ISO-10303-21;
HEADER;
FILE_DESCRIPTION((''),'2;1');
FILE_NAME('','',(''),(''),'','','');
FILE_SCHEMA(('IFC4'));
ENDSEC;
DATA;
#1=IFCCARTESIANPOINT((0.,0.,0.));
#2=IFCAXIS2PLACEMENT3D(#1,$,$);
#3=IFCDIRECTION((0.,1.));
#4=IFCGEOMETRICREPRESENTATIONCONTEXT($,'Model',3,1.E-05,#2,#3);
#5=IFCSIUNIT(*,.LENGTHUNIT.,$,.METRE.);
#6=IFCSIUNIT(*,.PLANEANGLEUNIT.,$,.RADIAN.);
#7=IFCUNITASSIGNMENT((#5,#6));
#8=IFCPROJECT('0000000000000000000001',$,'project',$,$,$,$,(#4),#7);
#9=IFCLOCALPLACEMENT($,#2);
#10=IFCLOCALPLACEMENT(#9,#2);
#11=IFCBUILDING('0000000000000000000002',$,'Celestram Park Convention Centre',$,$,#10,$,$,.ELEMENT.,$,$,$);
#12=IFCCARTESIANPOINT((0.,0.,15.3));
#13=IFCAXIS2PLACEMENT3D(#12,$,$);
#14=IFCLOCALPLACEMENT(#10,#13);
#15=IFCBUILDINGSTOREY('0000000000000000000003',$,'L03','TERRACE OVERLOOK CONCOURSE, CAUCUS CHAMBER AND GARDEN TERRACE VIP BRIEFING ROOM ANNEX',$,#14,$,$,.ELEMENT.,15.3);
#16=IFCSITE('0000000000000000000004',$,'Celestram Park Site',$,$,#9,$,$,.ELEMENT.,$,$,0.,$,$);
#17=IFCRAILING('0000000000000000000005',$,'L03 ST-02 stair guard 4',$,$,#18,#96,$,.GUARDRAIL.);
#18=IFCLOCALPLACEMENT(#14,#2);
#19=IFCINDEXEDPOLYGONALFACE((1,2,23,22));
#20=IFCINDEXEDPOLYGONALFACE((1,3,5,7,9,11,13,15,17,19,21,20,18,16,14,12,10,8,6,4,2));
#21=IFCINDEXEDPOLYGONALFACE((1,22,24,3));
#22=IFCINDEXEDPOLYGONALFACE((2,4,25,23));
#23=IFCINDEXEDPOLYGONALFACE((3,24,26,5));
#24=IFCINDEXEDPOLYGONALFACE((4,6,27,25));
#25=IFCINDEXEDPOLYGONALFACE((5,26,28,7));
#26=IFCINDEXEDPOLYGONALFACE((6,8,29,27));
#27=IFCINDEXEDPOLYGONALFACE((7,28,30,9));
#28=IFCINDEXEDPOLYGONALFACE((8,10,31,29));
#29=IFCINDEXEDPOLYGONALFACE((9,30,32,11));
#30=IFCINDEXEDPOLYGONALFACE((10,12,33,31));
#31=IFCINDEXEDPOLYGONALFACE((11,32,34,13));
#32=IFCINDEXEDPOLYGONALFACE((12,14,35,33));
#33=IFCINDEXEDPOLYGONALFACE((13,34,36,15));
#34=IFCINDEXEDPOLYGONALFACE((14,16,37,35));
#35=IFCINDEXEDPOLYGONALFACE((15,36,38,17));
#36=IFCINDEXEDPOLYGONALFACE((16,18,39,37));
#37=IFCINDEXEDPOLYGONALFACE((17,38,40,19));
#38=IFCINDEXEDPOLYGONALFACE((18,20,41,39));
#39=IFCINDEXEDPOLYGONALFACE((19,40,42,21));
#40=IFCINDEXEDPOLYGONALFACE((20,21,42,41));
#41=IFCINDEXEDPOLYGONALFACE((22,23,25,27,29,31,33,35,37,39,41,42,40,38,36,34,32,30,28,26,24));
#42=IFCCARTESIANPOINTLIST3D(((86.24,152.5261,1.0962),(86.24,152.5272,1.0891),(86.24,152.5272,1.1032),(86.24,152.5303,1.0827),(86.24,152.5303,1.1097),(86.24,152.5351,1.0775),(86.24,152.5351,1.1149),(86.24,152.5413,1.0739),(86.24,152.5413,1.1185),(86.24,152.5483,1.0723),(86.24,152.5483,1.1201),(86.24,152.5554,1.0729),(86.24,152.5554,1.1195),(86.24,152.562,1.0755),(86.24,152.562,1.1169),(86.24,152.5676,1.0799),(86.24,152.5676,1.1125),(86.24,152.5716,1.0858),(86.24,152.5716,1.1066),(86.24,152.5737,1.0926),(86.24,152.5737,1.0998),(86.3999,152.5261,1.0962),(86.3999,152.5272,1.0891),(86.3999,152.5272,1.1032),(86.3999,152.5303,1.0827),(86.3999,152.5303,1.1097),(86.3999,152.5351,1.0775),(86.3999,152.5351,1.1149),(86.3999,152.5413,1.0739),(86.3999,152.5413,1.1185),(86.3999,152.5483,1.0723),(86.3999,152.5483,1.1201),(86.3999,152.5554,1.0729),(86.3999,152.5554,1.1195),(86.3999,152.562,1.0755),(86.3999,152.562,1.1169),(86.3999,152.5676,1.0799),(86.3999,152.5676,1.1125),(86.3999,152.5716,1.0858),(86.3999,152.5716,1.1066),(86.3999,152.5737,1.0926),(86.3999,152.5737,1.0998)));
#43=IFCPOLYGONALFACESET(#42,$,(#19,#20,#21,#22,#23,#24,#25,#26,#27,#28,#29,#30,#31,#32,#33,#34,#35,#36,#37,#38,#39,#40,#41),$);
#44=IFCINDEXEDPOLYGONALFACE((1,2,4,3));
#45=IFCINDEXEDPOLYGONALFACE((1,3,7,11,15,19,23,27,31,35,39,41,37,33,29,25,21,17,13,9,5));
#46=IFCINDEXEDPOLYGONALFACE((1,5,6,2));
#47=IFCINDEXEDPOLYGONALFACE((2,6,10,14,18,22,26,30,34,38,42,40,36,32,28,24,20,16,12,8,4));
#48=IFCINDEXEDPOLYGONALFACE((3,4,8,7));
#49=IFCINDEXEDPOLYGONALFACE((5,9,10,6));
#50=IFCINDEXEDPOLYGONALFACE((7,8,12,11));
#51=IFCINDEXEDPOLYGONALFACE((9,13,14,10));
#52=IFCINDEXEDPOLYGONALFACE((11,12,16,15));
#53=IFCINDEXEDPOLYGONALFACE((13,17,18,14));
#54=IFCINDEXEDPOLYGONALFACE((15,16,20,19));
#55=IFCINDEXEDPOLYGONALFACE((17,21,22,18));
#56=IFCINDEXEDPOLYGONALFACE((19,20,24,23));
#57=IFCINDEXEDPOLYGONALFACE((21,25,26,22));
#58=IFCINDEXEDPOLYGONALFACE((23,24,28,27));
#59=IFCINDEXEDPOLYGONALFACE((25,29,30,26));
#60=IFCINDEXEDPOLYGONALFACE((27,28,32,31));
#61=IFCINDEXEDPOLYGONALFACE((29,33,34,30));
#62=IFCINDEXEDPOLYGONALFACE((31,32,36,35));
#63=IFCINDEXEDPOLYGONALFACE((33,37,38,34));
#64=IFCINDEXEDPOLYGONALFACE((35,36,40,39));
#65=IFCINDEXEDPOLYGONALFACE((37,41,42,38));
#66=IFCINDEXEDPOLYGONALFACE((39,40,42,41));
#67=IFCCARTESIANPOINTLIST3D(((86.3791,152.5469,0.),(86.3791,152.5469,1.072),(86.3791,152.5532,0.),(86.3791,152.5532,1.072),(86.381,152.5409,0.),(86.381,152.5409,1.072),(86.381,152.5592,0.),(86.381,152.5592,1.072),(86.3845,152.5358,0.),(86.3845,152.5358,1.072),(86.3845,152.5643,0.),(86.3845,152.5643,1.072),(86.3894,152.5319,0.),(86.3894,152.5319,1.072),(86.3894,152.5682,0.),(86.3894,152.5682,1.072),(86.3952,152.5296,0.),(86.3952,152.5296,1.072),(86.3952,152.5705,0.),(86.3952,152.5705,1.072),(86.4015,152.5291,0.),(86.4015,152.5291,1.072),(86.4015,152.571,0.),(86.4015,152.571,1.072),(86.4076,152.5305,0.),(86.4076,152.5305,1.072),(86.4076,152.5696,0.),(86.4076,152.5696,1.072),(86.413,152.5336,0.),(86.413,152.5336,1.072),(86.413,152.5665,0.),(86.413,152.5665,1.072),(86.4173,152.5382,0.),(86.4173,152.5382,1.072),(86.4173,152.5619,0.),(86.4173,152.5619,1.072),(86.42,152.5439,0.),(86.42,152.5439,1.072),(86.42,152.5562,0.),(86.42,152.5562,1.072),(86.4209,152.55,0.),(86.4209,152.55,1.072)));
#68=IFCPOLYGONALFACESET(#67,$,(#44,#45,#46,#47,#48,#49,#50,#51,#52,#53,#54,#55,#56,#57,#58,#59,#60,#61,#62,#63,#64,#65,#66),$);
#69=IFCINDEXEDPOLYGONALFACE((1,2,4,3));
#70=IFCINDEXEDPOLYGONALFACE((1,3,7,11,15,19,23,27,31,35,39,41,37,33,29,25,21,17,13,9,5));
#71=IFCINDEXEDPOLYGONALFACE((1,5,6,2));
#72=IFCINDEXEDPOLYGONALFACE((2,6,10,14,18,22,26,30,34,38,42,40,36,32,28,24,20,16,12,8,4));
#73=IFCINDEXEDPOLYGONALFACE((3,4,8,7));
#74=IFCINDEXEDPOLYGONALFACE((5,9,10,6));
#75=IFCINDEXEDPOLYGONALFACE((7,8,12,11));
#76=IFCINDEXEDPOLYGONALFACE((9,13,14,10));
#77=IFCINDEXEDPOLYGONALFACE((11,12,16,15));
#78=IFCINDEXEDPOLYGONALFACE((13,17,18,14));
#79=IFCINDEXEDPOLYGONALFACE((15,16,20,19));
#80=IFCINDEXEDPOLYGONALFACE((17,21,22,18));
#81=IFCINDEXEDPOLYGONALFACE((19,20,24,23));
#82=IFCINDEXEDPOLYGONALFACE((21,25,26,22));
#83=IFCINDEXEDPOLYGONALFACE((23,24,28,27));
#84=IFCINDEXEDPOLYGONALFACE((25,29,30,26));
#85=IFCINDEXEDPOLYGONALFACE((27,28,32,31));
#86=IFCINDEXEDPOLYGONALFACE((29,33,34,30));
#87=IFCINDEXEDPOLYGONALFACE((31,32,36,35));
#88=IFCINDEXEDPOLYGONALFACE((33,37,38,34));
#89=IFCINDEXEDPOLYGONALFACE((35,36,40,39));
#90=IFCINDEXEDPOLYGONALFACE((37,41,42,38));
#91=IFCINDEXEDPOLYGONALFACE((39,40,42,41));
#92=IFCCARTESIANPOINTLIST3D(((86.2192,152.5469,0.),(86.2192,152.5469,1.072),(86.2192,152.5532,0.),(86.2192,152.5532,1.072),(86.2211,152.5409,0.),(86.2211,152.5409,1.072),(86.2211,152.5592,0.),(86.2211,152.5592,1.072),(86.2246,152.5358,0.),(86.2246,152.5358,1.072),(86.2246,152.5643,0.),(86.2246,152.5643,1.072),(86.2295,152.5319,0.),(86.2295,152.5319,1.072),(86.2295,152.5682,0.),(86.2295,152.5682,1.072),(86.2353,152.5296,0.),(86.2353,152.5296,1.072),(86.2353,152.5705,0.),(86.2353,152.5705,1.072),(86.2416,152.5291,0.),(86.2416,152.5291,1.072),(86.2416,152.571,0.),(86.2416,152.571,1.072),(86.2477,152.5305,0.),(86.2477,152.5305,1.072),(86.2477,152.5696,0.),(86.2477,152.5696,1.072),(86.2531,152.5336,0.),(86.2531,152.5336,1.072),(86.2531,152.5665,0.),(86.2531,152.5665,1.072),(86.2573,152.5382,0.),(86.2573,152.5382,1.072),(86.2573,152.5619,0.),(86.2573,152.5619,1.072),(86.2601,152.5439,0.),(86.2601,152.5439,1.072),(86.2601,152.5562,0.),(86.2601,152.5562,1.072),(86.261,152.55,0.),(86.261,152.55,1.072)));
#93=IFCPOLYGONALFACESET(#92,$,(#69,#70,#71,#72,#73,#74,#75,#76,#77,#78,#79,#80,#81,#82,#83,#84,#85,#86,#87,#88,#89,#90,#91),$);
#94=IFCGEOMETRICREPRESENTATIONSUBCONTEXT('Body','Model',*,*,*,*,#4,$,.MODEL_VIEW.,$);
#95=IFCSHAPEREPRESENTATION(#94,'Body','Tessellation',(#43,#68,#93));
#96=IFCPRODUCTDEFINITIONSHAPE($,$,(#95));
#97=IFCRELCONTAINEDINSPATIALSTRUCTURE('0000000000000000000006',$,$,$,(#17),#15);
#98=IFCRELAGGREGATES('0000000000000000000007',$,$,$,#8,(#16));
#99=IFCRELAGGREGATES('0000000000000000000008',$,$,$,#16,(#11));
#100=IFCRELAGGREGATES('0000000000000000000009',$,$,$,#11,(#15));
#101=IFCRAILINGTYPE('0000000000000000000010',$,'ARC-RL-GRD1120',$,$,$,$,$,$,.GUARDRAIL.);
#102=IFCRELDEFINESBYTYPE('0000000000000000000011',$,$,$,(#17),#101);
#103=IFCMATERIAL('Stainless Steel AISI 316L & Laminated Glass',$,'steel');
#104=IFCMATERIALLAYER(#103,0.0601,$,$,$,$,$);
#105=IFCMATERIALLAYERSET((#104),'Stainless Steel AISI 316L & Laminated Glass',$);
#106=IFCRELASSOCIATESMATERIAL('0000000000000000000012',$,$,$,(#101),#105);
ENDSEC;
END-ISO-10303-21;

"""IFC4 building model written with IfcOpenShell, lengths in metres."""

from ifc_helpers import new_model, si_unit, direction, frame, origin, origin_2d, place, context, subcontext, project, spatial, circle, extrude, material, layer, layer_set, type_object, element, save


model = new_model("IFC4")

# Units and contexts
model_context = context("Model", 3, precision=1e-05, world=origin(), true_north=direction((0.0, 1.0)))
body_context = subcontext(model_context, "Body", "Model", "MODEL_VIEW")
ifc_project = project(units=[si_unit("LENGTHUNIT", "METRE"), si_unit("PLANEANGLEUNIT", "RADIAN")], contexts=[model_context])

# Site, building, storey
site_placement = place(None, origin())
site = spatial("IfcSite", under=ifc_project, at=site_placement, Name="Celestram Park Site", CompositionType="ELEMENT", RefElevation=0.0)
building_placement = place(site_placement, origin())
building = spatial("IfcBuilding", under=site, at=building_placement, Name="Celestram Park Convention Centre", CompositionType="ELEMENT")
storey_placement = place(building_placement, frame((0.0, 0.0, 15.3)))
storey = spatial("IfcBuildingStorey", under=building, at=storey_placement, Name="L03", Description="TERRACE OVERLOOK CONCOURSE, CAUCUS CHAMBER AND GARDEN TERRACE VIP BRIEFING ROOM ANNEX", CompositionType="ELEMENT", Elevation=15.3)

# Railing
ifc_material_1 = material(Name="Stainless Steel AISI 316L & Laminated Glass", Category="steel")
ifc_layer_1 = layer(ifc_material_1, 0.0601)
ifc_layer_set_1 = layer_set([ifc_layer_1], Name="Stainless Steel AISI 316L & Laminated Glass")
railing_type_1 = type_object("IfcRailingType", Name="ARC-RL-GRD1120", PredefinedType="GUARDRAIL", material=ifc_layer_set_1)
railing_1_placement = place(storey_placement, frame((86.3999, 152.55, 0.0)))
element("IfcRailing", 1, at=railing_1_placement, inside=storey, type_object=railing_type_1, Name="L03 ST-02 stair guard 4", PredefinedType="GUARDRAIL", context=body_context, shape_type="SweptSolid", body=[
    extrude(circle(Radius=0.0239, at=origin_2d()), frame((0.0, 0.0, 1.0962), z_axis=(-1.0, 0.0, 0.0), x_axis=(0.0, -1.0, 0.0)), (0.0, 0.0, 1.0), 0.1599),
    extrude(circle(Radius=0.021, at=origin_2d()), origin(), (0.0, 0.0, 1.0), 1.072),
    extrude(circle(Radius=0.021, at=origin_2d()), frame((-0.1599, 0.0, 0.0)), (0.0, 0.0, 1.0), 1.072),
])

save(model, "model.ifc")
